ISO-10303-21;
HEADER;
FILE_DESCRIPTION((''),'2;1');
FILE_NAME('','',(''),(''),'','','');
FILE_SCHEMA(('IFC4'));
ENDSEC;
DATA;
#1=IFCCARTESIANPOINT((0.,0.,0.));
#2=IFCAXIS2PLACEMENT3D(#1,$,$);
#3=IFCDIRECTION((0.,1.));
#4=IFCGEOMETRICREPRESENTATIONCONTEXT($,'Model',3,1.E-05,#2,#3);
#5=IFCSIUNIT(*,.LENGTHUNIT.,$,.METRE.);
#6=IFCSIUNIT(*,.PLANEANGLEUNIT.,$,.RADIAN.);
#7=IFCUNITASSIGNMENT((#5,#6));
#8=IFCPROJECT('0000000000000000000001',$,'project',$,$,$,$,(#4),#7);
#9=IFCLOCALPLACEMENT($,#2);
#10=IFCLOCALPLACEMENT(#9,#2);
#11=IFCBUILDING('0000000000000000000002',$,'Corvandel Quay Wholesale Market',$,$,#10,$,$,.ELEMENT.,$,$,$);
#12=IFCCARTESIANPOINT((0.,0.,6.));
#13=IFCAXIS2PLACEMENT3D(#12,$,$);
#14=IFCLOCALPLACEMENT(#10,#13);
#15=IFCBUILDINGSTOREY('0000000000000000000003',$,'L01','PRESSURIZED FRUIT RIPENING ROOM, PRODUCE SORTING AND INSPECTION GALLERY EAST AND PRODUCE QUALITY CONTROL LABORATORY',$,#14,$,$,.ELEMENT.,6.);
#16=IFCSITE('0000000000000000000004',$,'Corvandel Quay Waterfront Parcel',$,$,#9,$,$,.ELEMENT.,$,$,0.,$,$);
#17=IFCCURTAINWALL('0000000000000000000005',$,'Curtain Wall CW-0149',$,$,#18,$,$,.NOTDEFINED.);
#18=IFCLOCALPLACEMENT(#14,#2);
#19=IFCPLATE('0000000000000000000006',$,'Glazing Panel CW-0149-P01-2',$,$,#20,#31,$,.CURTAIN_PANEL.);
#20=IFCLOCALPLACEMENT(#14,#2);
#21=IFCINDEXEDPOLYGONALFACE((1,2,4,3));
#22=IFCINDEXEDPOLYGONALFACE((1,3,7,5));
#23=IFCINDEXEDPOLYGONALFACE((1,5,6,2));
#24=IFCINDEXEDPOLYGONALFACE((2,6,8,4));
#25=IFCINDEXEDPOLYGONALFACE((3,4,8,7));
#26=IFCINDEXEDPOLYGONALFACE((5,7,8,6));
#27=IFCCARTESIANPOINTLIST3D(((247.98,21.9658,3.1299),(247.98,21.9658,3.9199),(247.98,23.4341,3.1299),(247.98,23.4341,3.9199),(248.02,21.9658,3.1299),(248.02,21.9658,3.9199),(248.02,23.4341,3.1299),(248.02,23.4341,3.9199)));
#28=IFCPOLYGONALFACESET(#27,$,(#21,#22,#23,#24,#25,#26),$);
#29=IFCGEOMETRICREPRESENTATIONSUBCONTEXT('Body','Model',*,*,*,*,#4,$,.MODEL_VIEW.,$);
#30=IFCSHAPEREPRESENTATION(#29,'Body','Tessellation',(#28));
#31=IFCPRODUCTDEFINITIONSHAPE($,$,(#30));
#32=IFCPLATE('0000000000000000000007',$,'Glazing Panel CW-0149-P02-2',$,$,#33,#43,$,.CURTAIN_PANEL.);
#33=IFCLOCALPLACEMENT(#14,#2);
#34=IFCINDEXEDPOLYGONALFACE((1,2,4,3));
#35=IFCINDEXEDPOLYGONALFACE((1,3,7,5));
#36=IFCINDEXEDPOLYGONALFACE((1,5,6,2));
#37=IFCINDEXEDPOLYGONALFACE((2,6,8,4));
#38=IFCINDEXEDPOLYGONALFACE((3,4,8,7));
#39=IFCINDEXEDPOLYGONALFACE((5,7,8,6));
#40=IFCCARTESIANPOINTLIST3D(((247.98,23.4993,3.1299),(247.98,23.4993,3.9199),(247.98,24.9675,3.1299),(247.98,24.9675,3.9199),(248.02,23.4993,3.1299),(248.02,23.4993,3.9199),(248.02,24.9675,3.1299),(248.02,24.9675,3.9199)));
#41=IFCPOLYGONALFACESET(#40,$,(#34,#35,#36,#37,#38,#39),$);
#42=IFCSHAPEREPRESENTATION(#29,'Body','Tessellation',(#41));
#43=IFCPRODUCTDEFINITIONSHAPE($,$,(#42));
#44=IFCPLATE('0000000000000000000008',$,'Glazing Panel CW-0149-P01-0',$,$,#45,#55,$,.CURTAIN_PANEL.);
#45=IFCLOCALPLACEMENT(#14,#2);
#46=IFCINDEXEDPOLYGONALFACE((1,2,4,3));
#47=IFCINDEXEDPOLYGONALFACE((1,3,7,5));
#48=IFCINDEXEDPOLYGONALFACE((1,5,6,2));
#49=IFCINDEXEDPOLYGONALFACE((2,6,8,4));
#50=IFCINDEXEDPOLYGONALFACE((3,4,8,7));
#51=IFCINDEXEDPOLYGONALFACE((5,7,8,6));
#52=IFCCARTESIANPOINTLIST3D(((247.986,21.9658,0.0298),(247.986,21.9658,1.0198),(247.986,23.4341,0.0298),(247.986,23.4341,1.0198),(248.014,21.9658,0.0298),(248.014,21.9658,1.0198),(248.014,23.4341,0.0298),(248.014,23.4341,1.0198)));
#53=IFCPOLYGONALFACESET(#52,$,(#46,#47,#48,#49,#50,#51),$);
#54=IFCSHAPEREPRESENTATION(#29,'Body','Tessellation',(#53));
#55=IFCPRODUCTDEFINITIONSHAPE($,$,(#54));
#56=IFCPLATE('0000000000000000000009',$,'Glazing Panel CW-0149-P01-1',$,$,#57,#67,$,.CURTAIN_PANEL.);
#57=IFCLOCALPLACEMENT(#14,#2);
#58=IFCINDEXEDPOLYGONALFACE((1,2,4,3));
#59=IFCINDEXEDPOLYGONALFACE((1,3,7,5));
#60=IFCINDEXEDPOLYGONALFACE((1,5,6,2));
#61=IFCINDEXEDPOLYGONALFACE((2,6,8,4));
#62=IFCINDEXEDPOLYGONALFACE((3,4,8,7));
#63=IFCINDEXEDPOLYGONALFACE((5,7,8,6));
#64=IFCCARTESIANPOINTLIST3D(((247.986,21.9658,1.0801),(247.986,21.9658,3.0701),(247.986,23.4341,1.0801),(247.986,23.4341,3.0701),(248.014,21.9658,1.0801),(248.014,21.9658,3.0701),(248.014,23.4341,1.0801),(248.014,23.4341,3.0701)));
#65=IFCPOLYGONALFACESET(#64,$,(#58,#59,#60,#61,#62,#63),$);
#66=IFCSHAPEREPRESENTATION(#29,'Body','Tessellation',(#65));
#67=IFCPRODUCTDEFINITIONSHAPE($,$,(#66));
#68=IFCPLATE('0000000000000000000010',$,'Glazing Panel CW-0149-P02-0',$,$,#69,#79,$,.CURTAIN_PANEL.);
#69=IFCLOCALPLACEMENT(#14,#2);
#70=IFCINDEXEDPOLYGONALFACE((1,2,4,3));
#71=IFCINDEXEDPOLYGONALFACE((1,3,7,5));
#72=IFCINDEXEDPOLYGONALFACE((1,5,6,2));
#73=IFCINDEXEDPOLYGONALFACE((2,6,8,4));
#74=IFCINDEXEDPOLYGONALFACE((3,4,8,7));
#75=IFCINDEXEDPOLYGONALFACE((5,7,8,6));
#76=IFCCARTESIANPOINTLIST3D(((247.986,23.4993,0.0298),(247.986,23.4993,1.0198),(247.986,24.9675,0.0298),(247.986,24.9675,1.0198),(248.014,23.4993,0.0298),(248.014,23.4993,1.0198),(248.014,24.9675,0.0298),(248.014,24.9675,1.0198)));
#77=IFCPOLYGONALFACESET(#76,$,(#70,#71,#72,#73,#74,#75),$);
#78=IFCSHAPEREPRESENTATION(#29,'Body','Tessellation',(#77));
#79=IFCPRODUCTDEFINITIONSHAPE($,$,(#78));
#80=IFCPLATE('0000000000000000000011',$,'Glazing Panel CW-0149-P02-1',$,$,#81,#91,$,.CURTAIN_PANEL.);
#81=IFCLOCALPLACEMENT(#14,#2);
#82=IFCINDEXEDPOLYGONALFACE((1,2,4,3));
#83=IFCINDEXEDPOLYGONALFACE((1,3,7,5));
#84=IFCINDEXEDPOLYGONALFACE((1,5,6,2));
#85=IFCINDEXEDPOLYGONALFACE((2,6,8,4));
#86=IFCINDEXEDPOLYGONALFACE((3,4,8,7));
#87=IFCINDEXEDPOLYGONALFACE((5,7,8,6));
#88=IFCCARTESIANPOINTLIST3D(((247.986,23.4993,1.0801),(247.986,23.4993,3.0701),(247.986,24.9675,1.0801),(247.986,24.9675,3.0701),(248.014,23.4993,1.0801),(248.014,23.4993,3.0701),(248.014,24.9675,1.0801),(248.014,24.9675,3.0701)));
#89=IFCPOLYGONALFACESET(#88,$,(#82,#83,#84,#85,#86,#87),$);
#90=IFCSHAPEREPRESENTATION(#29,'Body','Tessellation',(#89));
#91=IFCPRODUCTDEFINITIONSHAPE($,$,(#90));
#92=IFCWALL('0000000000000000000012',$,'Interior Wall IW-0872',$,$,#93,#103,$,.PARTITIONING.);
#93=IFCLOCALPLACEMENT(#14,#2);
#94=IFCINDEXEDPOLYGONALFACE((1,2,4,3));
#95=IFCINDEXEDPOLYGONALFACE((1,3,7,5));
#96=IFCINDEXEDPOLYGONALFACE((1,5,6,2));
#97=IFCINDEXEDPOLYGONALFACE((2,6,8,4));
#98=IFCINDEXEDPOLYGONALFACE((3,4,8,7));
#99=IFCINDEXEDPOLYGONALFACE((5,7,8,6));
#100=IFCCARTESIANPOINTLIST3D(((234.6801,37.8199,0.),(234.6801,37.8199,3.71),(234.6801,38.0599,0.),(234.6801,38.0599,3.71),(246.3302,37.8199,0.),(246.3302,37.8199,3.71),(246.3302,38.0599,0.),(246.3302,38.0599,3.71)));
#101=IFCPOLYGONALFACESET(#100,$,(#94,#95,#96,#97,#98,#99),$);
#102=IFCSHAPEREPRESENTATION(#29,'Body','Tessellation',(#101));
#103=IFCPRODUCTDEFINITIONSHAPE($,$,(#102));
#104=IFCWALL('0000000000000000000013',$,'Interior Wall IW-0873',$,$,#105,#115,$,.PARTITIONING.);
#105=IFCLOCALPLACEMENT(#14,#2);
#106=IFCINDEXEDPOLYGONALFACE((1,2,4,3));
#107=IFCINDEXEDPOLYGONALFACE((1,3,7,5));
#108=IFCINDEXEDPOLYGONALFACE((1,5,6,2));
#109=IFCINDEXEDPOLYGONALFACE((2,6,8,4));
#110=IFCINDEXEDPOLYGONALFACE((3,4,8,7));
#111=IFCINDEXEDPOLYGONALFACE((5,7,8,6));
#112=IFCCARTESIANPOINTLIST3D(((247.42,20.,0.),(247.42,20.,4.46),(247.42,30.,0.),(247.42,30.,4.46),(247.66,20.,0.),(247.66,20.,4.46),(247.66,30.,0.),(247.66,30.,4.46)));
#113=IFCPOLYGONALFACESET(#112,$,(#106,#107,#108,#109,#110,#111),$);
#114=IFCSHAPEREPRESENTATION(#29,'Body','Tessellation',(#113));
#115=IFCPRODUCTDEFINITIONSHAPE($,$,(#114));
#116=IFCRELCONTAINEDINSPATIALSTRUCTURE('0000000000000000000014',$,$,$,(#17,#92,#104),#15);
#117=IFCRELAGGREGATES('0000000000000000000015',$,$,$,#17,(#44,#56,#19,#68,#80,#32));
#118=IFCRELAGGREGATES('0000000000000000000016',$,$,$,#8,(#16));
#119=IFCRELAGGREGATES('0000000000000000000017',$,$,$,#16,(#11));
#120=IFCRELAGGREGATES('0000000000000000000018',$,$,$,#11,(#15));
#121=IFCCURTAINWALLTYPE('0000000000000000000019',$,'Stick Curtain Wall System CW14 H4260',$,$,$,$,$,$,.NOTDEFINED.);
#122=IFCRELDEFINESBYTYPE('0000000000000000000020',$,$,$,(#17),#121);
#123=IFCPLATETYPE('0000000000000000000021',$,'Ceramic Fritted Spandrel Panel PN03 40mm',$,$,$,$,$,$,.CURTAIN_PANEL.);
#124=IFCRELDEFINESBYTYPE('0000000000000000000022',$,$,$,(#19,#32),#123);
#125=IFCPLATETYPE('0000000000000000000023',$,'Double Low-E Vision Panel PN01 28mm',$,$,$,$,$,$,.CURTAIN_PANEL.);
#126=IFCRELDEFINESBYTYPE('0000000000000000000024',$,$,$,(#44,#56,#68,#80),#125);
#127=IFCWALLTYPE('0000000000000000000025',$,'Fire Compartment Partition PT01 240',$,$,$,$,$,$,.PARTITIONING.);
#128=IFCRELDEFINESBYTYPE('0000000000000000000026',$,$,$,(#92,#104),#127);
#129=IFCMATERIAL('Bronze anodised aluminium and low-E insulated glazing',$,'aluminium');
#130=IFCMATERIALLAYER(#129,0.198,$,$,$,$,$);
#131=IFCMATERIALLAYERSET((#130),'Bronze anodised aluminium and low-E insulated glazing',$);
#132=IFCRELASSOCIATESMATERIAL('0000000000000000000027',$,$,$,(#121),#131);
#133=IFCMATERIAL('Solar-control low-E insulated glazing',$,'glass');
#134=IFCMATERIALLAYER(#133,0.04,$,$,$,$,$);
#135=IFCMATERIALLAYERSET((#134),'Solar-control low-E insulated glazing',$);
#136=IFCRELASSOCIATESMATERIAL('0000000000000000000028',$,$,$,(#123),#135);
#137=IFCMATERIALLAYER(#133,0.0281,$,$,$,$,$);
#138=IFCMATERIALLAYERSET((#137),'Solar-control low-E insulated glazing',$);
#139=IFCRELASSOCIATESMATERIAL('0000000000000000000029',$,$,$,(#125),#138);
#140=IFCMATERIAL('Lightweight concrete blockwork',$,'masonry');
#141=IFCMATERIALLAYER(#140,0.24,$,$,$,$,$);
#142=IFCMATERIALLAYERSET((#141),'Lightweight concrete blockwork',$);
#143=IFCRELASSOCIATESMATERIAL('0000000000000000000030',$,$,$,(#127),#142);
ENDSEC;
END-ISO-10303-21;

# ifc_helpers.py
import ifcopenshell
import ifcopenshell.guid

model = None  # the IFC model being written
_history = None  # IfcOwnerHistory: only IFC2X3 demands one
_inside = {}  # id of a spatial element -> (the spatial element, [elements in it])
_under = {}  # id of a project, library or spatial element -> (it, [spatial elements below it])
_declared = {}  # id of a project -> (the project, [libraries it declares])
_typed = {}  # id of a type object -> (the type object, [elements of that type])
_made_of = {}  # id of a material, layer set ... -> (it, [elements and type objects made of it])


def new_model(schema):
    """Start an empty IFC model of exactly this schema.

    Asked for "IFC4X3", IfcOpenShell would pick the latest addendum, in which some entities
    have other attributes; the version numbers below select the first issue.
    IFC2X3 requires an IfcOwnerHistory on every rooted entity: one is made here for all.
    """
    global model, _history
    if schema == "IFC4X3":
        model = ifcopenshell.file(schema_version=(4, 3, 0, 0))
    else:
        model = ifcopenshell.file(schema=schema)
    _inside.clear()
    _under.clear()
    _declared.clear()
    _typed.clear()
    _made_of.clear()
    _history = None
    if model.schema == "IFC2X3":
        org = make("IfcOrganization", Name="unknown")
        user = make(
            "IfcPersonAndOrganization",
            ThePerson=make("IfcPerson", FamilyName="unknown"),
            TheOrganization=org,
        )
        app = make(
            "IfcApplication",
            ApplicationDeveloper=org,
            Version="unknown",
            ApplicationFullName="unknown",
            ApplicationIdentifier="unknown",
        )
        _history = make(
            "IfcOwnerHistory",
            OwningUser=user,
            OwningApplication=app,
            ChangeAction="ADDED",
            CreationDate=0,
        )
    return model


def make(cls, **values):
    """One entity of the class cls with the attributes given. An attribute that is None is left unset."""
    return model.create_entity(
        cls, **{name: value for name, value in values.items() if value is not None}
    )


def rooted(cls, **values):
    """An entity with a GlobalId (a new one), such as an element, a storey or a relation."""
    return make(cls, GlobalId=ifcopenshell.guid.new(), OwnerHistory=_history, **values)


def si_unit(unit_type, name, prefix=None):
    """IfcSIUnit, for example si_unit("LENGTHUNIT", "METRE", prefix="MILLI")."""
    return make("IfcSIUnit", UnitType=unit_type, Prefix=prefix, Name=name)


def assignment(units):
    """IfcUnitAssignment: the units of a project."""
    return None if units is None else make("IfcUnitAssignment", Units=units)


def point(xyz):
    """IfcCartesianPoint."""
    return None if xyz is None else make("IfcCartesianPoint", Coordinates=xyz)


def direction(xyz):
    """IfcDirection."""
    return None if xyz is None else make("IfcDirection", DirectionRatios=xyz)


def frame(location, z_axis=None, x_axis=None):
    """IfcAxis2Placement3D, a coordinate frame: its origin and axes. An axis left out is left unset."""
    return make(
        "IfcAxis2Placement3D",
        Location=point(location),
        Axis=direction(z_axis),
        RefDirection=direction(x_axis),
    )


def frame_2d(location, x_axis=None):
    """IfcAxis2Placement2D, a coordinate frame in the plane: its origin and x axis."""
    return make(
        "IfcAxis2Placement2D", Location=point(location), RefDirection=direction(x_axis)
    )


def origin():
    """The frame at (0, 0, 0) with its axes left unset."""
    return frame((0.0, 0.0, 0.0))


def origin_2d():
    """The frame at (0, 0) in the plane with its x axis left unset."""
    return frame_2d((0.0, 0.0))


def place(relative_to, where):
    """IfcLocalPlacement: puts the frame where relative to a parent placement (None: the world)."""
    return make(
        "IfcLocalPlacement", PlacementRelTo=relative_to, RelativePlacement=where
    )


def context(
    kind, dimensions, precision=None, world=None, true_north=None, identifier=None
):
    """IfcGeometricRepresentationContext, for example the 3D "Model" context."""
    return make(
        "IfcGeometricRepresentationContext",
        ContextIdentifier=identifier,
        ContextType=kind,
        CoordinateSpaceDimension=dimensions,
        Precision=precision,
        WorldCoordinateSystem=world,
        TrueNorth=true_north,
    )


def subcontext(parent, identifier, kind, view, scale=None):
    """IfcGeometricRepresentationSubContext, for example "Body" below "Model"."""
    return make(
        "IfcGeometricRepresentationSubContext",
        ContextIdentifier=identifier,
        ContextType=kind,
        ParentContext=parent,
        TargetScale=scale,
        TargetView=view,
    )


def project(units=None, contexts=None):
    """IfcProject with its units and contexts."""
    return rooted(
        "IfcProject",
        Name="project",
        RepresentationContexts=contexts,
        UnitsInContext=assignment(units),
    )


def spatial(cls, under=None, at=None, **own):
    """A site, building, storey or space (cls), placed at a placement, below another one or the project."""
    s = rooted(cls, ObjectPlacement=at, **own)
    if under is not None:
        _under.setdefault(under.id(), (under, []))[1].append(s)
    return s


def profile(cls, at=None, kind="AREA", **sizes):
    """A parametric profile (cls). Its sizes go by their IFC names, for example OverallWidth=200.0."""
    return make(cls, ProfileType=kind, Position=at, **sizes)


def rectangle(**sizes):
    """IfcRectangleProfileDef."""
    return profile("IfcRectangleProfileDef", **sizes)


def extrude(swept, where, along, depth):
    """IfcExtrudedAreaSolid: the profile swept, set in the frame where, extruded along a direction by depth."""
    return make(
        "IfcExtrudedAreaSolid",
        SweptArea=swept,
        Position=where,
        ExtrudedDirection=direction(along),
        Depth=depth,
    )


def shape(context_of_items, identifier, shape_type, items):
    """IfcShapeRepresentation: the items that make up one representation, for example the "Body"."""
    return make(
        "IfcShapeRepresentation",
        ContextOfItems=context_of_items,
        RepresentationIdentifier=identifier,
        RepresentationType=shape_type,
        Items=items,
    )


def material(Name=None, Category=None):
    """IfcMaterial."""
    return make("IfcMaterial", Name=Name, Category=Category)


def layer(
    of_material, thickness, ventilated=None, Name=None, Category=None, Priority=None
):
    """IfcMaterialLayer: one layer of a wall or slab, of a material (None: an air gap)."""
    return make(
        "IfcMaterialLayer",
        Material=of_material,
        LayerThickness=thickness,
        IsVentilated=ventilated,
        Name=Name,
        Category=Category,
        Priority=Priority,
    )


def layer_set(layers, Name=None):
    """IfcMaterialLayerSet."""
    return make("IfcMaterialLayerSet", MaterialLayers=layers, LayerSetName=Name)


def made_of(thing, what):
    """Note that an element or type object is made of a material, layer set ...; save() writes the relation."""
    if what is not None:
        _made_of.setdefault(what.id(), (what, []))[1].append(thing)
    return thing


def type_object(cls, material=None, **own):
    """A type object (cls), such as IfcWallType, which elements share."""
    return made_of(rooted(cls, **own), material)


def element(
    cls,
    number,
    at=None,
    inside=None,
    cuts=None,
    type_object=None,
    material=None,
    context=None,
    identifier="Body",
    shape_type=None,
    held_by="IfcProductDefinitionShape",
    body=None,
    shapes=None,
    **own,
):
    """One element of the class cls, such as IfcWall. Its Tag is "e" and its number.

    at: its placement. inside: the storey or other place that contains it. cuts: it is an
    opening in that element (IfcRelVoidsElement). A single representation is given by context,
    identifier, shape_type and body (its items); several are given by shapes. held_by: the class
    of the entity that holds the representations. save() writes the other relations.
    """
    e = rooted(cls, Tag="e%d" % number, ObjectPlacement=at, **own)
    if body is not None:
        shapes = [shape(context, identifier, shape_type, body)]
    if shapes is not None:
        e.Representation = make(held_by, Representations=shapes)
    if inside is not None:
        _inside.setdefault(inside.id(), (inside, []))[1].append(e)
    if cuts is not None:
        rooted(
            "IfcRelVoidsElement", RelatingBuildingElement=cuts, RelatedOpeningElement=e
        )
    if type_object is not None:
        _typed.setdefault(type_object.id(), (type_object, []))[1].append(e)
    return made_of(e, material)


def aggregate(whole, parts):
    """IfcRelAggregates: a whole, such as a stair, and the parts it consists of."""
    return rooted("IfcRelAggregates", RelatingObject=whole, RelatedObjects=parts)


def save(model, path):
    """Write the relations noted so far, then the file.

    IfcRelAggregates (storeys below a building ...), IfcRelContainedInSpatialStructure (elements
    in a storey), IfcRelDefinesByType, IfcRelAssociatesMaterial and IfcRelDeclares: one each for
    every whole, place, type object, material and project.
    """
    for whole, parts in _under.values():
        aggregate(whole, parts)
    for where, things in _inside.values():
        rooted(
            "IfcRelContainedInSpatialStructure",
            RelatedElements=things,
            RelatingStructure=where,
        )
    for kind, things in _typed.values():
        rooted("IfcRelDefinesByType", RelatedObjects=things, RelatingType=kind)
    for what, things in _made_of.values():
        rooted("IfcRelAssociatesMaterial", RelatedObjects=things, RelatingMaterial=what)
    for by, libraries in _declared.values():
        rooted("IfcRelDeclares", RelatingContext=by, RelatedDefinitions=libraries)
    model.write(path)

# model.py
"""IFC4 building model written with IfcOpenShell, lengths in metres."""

from ifc_helpers import new_model, si_unit, direction, frame, frame_2d, origin, origin_2d, place, context, subcontext, project, spatial, rectangle, extrude, material, layer, layer_set, type_object, element, aggregate, save


model = new_model("IFC4")

# Units and contexts
model_context = context("Model", 3, precision=1e-05, world=origin(), true_north=direction((0.0, 1.0)))
body_context = subcontext(model_context, "Body", "Model", "MODEL_VIEW")
ifc_project = project(units=[si_unit("LENGTHUNIT", "METRE"), si_unit("PLANEANGLEUNIT", "RADIAN")], contexts=[model_context])

# Site, building, storey
site_placement = place(None, origin())
site = spatial("IfcSite", under=ifc_project, at=site_placement, Name="Corvandel Quay Waterfront Parcel", CompositionType="ELEMENT", RefElevation=0.0)
building_placement = place(site_placement, origin())
building = spatial("IfcBuilding", under=site, at=building_placement, Name="Corvandel Quay Wholesale Market", CompositionType="ELEMENT")
storey_placement = place(building_placement, frame((0.0, 0.0, 6.0)))
storey = spatial("IfcBuildingStorey", under=building, at=storey_placement, Name="L01", Description="PRESSURIZED FRUIT RIPENING ROOM, PRODUCE SORTING AND INSPECTION GALLERY EAST AND PRODUCE QUALITY CONTROL LABORATORY", CompositionType="ELEMENT", Elevation=6.0)

# Curtain wall
ifc_material_1 = material(Name="Bronze anodised aluminium and low-E insulated glazing", Category="aluminium")
ifc_layer_1 = layer(ifc_material_1, 0.198)
ifc_layer_set_1 = layer_set([ifc_layer_1], Name="Bronze anodised aluminium and low-E insulated glazing")
curtain_wall_type = type_object("IfcCurtainWallType", Name="Stick Curtain Wall System CW14 H4260", PredefinedType="NOTDEFINED", material=ifc_layer_set_1)
curtain_wall_placement = place(storey_placement, origin())
curtain_wall = element("IfcCurtainWall", 1, at=curtain_wall_placement, inside=storey, type_object=curtain_wall_type, Name="Curtain Wall CW-0149", PredefinedType="NOTDEFINED")

# Plates
ifc_material_2 = material(Name="Solar-control low-E insulated glazing", Category="glass")
ifc_layer_2 = layer(ifc_material_2, 0.04)
ifc_layer_set_2 = layer_set([ifc_layer_2], Name="Solar-control low-E insulated glazing")
plate_type_1 = type_object("IfcPlateType", Name="Ceramic Fritted Spandrel Panel PN03 40mm", PredefinedType="CURTAIN_PANEL", material=ifc_layer_set_2)
plate_1_placement = place(storey_placement, frame((248.0, 22.7, 3.1299), z_axis=(0.0, 0.0, 1.0), x_axis=(0.0, 1.0, 0.0)))
plate_1 = element("IfcPlate", 2, at=plate_1_placement, type_object=plate_type_1, Name="Glazing Panel CW-0149-P01-2", PredefinedType="CURTAIN_PANEL", context=body_context, shape_type="SweptSolid", body=[
    extrude(rectangle(XDim=1.4683, YDim=0.04, at=origin_2d()), origin(), (0.0, 0.0, 1.0), 0.79),
])
plate_2_placement = place(storey_placement, frame((248.0, 24.2334, 3.1299), z_axis=(0.0, 0.0, 1.0), x_axis=(0.0, 1.0, 0.0)))
plate_2 = element("IfcPlate", 3, at=plate_2_placement, type_object=plate_type_1, Name="Glazing Panel CW-0149-P02-2", PredefinedType="CURTAIN_PANEL", context=body_context, shape_type="SweptSolid", body=[
    extrude(rectangle(XDim=1.4683, YDim=0.04, at=origin_2d()), origin(), (0.0, 0.0, 1.0), 0.79),
])
ifc_layer_3 = layer(ifc_material_2, 0.0281)
ifc_layer_set_3 = layer_set([ifc_layer_3], Name="Solar-control low-E insulated glazing")
plate_type_2 = type_object("IfcPlateType", Name="Double Low-E Vision Panel PN01 28mm", PredefinedType="CURTAIN_PANEL", material=ifc_layer_set_3)
plate_3_placement = place(storey_placement, frame((248.0, 22.7, 0.0298), z_axis=(0.0, 0.0, 1.0), x_axis=(0.0, 1.0, 0.0)))
plate_3 = element("IfcPlate", 4, at=plate_3_placement, type_object=plate_type_2, Name="Glazing Panel CW-0149-P01-0", PredefinedType="CURTAIN_PANEL", context=body_context, shape_type="SweptSolid", body=[
    extrude(rectangle(XDim=1.4683, YDim=0.0281, at=origin_2d()), origin(), (0.0, 0.0, 1.0), 0.99),
])
plate_4_placement = place(storey_placement, frame((248.0, 22.7, 1.0801), z_axis=(0.0, 0.0, 1.0), x_axis=(0.0, 1.0, 0.0)))
plate_4 = element("IfcPlate", 5, at=plate_4_placement, type_object=plate_type_2, Name="Glazing Panel CW-0149-P01-1", PredefinedType="CURTAIN_PANEL", context=body_context, shape_type="SweptSolid", body=[
    extrude(rectangle(XDim=1.4683, YDim=0.0281, at=origin_2d()), origin(), (0.0, 0.0, 1.0), 1.99),
])
plate_5_placement = place(storey_placement, frame((248.0, 24.2334, 0.0298), z_axis=(0.0, 0.0, 1.0), x_axis=(0.0, 1.0, 0.0)))
plate_5 = element("IfcPlate", 6, at=plate_5_placement, type_object=plate_type_2, Name="Glazing Panel CW-0149-P02-0", PredefinedType="CURTAIN_PANEL", context=body_context, shape_type="SweptSolid", body=[
    extrude(rectangle(XDim=1.4683, YDim=0.0281, at=origin_2d()), origin(), (0.0, 0.0, 1.0), 0.99),
])
plate_6_placement = place(storey_placement, frame((248.0, 24.2334, 1.0801), z_axis=(0.0, 0.0, 1.0), x_axis=(0.0, 1.0, 0.0)))
plate_6 = element("IfcPlate", 7, at=plate_6_placement, type_object=plate_type_2, Name="Glazing Panel CW-0149-P02-1", PredefinedType="CURTAIN_PANEL", context=body_context, shape_type="SweptSolid", body=[
    extrude(rectangle(XDim=1.4683, YDim=0.0281, at=origin_2d()), origin(), (0.0, 0.0, 1.0), 1.99),
])
aggregate(curtain_wall, [plate_3, plate_4, plate_1, plate_5, plate_6, plate_2])

# Walls
ifc_material_3 = material(Name="Lightweight concrete blockwork", Category="masonry")
ifc_layer_4 = layer(ifc_material_3, 0.24)
ifc_layer_set_4 = layer_set([ifc_layer_4], Name="Lightweight concrete blockwork")
wall_type = type_object("IfcWallType", Name="Fire Compartment Partition PT01 240", PredefinedType="PARTITIONING", material=ifc_layer_set_4)
wall_1_placement = place(storey_placement, frame((234.6799, 37.9399, 0.0), z_axis=(0.0, 0.0, 1.0), x_axis=(1.0, 0.0, 0.0)))
element("IfcWall", 8, at=wall_1_placement, inside=storey, type_object=wall_type, Name="Interior Wall IW-0872", PredefinedType="PARTITIONING", context=body_context, shape_type="SweptSolid", body=[
    extrude(rectangle(XDim=11.6501, YDim=0.24, at=frame_2d((5.8252, 0.0))), origin(), (0.0, 0.0, 1.0), 3.71),
])
wall_2_placement = place(storey_placement, frame((247.54, 30.0, 0.0), z_axis=(0.0, 0.0, 1.0), x_axis=(0.0, -1.0, 0.0)))
element("IfcWall", 9, at=wall_2_placement, inside=storey, type_object=wall_type, Name="Interior Wall IW-0873", PredefinedType="PARTITIONING", context=body_context, shape_type="SweptSolid", body=[
    extrude(rectangle(XDim=10.0, YDim=0.24, at=frame_2d((5.0, 0.0))), origin(), (0.0, 0.0, 1.0), 4.46),
])

save(model, "model.ifc")
